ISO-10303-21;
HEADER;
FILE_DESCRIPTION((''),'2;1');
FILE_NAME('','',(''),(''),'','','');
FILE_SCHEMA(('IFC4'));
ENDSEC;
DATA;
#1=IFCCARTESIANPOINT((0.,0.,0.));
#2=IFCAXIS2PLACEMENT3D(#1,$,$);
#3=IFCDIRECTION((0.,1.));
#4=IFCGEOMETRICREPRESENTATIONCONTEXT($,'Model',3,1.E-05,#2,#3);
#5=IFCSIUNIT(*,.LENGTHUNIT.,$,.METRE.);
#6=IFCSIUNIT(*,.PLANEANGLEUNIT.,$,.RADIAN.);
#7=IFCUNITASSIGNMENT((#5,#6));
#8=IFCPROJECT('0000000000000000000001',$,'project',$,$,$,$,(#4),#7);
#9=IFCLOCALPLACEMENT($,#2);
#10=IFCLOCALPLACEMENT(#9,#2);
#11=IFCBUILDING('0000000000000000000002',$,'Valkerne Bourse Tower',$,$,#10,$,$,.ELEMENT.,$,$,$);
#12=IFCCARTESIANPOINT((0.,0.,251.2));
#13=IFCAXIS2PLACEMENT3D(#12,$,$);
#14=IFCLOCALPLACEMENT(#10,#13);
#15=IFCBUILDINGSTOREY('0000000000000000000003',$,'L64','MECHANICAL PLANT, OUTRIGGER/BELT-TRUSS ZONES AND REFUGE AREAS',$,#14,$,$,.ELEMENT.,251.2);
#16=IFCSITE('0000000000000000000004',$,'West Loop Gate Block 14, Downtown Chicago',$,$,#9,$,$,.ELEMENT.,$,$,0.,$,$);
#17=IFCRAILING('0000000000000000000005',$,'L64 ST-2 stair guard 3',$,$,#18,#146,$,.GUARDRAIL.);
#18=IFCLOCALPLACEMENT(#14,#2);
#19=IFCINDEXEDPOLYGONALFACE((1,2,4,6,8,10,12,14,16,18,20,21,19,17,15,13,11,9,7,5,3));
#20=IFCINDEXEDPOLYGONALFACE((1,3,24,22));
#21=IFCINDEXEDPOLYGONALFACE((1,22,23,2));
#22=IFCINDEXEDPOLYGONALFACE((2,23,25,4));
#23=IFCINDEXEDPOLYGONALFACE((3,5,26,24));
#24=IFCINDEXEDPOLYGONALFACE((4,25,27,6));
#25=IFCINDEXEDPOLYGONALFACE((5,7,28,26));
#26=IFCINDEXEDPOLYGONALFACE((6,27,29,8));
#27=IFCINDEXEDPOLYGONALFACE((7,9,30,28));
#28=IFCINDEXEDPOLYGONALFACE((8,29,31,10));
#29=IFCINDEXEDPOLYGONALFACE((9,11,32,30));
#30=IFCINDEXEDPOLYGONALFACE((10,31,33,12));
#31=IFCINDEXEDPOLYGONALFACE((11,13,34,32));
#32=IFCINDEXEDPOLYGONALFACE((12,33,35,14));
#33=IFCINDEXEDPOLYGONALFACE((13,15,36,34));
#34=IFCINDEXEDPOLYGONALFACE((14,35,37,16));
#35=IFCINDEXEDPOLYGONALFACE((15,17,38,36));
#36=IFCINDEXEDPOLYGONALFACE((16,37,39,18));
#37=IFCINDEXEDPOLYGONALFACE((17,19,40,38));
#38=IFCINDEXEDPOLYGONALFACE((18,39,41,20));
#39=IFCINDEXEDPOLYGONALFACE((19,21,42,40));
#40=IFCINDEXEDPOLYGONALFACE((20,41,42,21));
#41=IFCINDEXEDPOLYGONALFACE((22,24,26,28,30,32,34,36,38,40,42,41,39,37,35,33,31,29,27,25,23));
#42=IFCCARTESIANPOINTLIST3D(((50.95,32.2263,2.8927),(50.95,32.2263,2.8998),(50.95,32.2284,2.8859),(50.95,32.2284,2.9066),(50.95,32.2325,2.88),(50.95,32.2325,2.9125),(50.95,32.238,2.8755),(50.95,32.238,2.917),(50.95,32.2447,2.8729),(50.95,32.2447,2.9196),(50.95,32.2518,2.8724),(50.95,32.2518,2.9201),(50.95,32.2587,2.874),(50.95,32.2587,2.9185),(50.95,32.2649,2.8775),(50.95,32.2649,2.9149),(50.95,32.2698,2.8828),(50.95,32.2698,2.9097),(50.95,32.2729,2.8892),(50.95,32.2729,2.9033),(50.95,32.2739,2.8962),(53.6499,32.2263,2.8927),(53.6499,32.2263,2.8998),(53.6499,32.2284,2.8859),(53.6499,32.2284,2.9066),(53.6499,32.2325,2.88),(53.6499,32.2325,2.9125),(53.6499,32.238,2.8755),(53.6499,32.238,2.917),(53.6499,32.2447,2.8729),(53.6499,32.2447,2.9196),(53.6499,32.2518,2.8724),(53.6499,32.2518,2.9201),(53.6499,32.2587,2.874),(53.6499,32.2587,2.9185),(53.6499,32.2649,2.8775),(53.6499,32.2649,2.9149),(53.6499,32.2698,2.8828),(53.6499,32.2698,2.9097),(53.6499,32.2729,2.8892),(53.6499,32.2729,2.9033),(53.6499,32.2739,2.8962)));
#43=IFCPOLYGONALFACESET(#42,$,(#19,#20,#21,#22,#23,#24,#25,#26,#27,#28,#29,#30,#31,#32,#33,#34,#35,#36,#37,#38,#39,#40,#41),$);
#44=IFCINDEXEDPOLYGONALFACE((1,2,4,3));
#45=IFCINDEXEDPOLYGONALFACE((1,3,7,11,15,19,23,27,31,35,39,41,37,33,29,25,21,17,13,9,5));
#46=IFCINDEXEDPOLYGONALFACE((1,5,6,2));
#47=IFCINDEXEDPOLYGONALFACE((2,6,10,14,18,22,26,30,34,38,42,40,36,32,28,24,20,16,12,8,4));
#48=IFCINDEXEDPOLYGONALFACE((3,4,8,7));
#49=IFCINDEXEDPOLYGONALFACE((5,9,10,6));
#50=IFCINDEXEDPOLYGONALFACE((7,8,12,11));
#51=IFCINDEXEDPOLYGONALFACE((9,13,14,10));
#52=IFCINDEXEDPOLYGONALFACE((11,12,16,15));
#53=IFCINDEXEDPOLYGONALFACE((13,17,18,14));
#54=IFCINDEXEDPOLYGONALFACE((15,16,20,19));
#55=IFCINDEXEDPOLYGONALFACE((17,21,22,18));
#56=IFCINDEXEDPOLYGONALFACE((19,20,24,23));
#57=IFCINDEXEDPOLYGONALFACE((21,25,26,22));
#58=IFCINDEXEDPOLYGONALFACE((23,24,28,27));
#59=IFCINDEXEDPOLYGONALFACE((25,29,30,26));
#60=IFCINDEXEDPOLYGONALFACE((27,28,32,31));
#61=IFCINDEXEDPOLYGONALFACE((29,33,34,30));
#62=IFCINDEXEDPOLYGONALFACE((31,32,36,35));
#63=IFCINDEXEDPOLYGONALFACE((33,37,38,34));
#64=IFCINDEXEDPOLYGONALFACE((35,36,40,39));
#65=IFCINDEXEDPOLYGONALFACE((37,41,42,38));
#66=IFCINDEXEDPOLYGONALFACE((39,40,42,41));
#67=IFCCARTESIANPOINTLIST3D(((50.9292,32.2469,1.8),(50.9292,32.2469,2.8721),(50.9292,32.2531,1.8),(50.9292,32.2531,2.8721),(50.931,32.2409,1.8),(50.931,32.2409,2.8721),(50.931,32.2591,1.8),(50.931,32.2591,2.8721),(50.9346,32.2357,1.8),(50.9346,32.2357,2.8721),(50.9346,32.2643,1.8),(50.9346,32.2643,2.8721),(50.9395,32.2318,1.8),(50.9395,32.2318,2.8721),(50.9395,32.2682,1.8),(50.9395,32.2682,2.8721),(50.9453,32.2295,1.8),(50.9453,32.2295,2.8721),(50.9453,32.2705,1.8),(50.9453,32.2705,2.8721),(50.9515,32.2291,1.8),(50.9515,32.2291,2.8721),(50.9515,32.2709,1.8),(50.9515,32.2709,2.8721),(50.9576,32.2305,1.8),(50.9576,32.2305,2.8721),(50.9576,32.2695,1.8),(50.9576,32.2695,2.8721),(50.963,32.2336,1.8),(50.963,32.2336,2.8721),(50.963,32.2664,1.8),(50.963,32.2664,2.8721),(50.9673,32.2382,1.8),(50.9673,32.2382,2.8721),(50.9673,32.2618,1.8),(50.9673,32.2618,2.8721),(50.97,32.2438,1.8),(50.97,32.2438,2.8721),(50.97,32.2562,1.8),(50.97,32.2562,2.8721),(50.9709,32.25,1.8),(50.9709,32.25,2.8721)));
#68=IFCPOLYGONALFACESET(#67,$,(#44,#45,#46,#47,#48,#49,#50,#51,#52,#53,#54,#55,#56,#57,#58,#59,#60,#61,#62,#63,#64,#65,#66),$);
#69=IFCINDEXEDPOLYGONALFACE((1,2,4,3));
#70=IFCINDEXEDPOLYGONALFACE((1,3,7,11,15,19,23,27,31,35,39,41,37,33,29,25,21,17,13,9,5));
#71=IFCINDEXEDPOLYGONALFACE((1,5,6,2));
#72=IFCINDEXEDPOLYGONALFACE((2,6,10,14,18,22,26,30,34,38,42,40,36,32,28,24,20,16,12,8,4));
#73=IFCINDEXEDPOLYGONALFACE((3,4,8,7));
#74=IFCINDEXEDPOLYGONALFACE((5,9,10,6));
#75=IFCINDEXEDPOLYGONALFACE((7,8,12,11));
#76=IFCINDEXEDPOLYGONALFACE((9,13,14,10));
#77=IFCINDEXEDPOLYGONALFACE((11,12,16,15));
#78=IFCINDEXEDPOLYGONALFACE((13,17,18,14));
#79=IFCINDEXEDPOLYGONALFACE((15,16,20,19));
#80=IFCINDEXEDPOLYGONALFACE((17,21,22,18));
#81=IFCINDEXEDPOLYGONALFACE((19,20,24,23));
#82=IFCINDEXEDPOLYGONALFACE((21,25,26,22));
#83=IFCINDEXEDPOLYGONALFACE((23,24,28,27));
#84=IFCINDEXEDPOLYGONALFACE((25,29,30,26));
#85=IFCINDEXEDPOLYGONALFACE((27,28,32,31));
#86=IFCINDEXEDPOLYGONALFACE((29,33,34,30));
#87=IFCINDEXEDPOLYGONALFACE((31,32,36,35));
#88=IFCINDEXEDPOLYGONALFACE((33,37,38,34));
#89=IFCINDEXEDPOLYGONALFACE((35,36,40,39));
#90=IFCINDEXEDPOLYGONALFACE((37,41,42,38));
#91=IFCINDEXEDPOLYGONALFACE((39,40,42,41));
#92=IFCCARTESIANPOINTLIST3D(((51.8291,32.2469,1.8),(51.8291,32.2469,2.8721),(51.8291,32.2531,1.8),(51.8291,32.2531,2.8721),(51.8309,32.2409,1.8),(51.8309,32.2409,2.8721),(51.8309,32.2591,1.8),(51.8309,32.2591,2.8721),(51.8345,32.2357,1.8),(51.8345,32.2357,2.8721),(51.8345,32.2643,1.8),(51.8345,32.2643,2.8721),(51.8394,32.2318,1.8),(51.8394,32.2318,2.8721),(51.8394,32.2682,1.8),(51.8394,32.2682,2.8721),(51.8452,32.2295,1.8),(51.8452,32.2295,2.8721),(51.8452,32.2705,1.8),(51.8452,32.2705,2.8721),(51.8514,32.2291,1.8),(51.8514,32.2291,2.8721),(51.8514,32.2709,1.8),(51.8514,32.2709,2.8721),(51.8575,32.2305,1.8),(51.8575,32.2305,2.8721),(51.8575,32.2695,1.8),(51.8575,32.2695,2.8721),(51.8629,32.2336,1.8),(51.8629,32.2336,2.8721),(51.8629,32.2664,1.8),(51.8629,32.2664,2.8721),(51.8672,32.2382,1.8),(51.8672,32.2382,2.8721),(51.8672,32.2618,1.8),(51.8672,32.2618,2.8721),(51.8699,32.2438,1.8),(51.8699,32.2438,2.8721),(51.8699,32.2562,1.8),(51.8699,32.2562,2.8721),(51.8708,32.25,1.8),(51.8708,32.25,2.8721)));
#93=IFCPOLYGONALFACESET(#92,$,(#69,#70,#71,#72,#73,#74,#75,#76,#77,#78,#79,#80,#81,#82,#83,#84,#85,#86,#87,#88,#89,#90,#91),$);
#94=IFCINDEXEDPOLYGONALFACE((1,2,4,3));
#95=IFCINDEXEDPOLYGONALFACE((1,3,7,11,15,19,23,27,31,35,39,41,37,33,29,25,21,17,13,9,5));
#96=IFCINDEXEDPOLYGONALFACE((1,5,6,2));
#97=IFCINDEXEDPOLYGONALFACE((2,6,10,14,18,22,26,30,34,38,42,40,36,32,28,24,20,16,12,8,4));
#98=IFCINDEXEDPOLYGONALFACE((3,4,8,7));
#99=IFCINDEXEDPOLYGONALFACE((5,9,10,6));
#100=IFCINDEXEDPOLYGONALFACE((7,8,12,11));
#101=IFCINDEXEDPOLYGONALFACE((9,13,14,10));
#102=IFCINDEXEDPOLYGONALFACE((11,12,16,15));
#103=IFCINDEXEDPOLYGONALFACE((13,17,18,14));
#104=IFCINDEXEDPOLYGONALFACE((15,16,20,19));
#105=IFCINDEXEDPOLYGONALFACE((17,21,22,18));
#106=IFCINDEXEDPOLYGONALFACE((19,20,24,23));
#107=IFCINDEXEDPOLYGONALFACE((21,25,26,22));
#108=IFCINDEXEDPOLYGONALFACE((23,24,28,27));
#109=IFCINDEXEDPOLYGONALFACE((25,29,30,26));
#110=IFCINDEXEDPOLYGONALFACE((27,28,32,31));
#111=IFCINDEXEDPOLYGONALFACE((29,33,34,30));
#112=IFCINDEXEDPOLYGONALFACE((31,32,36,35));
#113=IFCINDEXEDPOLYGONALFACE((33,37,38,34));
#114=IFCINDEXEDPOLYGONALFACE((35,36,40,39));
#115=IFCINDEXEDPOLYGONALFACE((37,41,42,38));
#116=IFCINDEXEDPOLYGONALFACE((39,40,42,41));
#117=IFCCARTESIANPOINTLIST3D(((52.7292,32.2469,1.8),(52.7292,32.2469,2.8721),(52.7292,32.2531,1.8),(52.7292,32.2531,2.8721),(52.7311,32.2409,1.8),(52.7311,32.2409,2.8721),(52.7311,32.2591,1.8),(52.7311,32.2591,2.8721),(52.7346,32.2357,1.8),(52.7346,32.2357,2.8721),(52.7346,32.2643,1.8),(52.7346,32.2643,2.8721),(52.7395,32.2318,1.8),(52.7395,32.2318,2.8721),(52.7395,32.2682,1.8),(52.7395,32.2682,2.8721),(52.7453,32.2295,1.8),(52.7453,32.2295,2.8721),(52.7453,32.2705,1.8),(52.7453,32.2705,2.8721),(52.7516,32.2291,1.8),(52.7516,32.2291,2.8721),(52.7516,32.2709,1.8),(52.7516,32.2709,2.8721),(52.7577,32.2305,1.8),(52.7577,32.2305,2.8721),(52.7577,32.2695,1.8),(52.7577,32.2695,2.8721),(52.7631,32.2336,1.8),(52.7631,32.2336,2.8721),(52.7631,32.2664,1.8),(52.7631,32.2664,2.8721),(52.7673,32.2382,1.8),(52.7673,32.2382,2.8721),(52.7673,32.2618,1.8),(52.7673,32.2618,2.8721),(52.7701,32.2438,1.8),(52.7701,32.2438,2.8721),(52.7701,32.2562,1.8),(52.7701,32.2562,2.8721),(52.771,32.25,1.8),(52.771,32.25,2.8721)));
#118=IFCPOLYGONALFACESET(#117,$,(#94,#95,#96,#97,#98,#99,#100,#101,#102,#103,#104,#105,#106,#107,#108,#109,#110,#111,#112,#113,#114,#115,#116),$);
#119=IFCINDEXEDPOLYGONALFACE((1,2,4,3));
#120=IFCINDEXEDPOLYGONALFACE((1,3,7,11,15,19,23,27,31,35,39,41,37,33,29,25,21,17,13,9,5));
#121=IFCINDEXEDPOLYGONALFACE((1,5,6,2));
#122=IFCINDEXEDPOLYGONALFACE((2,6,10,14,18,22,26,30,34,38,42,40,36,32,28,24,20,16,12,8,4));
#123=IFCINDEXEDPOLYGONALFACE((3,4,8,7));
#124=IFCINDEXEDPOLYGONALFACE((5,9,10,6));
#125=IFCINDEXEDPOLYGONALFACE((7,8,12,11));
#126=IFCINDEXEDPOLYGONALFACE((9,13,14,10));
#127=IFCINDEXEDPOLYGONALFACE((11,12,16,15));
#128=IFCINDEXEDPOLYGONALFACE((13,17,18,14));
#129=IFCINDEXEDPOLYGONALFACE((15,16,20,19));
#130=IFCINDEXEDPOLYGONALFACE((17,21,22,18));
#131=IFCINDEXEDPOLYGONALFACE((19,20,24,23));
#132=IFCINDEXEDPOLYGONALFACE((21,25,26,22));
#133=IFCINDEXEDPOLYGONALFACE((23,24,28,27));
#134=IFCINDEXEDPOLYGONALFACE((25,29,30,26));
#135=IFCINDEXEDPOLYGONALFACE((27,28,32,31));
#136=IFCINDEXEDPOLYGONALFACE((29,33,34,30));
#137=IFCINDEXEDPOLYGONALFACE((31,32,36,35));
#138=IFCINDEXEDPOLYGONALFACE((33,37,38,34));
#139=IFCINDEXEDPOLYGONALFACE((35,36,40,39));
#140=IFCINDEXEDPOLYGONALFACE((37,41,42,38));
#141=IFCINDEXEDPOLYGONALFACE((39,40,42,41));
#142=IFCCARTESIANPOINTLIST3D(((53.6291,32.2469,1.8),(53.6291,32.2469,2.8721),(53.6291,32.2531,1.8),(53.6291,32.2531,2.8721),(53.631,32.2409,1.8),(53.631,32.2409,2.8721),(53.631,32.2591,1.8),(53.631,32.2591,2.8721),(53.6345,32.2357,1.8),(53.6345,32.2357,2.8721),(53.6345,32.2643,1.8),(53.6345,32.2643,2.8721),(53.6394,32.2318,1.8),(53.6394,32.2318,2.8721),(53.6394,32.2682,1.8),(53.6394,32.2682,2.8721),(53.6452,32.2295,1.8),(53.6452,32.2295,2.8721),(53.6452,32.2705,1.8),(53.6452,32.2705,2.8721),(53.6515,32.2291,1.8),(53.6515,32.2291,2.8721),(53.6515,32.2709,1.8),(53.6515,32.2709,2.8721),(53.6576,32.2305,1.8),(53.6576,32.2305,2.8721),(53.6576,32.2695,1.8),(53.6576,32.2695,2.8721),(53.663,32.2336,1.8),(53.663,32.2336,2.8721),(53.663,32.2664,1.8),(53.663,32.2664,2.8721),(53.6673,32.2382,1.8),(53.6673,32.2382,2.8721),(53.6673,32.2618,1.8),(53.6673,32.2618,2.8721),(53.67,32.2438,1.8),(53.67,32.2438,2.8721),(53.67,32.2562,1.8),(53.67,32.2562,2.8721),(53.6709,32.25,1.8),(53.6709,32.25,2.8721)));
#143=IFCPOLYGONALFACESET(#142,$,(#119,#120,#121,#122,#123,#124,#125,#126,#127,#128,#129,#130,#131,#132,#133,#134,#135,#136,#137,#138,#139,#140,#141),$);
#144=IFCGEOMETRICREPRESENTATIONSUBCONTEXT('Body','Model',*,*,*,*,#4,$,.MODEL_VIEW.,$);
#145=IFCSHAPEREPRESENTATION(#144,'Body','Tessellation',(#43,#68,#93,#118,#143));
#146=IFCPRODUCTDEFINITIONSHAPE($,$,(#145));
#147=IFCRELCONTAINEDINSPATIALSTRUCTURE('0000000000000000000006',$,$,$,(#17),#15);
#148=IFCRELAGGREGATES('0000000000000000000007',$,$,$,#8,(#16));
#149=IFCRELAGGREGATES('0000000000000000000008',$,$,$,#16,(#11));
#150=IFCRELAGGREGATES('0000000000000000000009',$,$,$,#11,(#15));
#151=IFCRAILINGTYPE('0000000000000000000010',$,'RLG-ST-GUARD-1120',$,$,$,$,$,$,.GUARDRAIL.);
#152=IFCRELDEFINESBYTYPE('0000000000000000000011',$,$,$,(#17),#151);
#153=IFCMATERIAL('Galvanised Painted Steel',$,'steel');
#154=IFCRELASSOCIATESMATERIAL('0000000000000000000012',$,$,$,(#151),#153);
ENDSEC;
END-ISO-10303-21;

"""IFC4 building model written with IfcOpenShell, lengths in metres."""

from ifc_helpers import new_model, si_unit, direction, frame, origin, origin_2d, place, context, subcontext, project, spatial, circle, extrude, material, type_object, element, save


model = new_model("IFC4")

# Units and contexts
model_context = context("Model", 3, precision=1e-05, world=origin(), true_north=direction((0.0, 1.0)))
body_context = subcontext(model_context, "Body", "Model", "MODEL_VIEW")
ifc_project = project(units=[si_unit("LENGTHUNIT", "METRE"), si_unit("PLANEANGLEUNIT", "RADIAN")], contexts=[model_context])

# Site, building, storey
site_placement = place(None, origin())
site = spatial("IfcSite", under=ifc_project, at=site_placement, Name="West Loop Gate Block 14, Downtown Chicago", CompositionType="ELEMENT", RefElevation=0.0)
building_placement = place(site_placement, origin())
building = spatial("IfcBuilding", under=site, at=building_placement, Name="Valkerne Bourse Tower", CompositionType="ELEMENT")
storey_placement = place(building_placement, frame((0.0, 0.0, 251.2)))
storey = spatial("IfcBuildingStorey", under=building, at=storey_placement, Name="L64", Description="MECHANICAL PLANT, OUTRIGGER/BELT-TRUSS ZONES AND REFUGE AREAS", CompositionType="ELEMENT", Elevation=251.2)

# Shared definitions
ifc_material_1 = material(Name="Galvanised Painted Steel", Category="steel")

# Railing
railing_type_1 = type_object("IfcRailingType", Name="RLG-ST-GUARD-1120", PredefinedType="GUARDRAIL", material=ifc_material_1)
railing_1_placement = place(storey_placement, frame((50.95, 32.25, 1.8)))
element("IfcRailing", 1, at=railing_1_placement, inside=storey, type_object=railing_type_1, Name="L64 ST-2 stair guard 3", PredefinedType="GUARDRAIL", context=body_context, shape_type="SweptSolid", body=[
    extrude(circle(Radius=0.0239, at=origin_2d()), frame((0.0, 0.0, 1.0962), z_axis=(1.0, 0.0, 0.0), x_axis=(0.0, 1.0, 0.0)), (0.0, 0.0, 1.0), 2.7),
    extrude(circle(Radius=0.021, at=origin_2d()), origin(), (0.0, 0.0, 1.0), 1.072),
    extrude(circle(Radius=0.021, at=origin_2d()), frame((0.8999, 0.0, 0.0)), (0.0, 0.0, 1.0), 1.072),
    extrude(circle(Radius=0.021, at=origin_2d()), frame((1.8, 0.0, 0.0)), (0.0, 0.0, 1.0), 1.072),
    extrude(circle(Radius=0.021, at=origin_2d()), frame((2.7, 0.0, 0.0)), (0.0, 0.0, 1.0), 1.072),
])

save(model, "model.ifc")
